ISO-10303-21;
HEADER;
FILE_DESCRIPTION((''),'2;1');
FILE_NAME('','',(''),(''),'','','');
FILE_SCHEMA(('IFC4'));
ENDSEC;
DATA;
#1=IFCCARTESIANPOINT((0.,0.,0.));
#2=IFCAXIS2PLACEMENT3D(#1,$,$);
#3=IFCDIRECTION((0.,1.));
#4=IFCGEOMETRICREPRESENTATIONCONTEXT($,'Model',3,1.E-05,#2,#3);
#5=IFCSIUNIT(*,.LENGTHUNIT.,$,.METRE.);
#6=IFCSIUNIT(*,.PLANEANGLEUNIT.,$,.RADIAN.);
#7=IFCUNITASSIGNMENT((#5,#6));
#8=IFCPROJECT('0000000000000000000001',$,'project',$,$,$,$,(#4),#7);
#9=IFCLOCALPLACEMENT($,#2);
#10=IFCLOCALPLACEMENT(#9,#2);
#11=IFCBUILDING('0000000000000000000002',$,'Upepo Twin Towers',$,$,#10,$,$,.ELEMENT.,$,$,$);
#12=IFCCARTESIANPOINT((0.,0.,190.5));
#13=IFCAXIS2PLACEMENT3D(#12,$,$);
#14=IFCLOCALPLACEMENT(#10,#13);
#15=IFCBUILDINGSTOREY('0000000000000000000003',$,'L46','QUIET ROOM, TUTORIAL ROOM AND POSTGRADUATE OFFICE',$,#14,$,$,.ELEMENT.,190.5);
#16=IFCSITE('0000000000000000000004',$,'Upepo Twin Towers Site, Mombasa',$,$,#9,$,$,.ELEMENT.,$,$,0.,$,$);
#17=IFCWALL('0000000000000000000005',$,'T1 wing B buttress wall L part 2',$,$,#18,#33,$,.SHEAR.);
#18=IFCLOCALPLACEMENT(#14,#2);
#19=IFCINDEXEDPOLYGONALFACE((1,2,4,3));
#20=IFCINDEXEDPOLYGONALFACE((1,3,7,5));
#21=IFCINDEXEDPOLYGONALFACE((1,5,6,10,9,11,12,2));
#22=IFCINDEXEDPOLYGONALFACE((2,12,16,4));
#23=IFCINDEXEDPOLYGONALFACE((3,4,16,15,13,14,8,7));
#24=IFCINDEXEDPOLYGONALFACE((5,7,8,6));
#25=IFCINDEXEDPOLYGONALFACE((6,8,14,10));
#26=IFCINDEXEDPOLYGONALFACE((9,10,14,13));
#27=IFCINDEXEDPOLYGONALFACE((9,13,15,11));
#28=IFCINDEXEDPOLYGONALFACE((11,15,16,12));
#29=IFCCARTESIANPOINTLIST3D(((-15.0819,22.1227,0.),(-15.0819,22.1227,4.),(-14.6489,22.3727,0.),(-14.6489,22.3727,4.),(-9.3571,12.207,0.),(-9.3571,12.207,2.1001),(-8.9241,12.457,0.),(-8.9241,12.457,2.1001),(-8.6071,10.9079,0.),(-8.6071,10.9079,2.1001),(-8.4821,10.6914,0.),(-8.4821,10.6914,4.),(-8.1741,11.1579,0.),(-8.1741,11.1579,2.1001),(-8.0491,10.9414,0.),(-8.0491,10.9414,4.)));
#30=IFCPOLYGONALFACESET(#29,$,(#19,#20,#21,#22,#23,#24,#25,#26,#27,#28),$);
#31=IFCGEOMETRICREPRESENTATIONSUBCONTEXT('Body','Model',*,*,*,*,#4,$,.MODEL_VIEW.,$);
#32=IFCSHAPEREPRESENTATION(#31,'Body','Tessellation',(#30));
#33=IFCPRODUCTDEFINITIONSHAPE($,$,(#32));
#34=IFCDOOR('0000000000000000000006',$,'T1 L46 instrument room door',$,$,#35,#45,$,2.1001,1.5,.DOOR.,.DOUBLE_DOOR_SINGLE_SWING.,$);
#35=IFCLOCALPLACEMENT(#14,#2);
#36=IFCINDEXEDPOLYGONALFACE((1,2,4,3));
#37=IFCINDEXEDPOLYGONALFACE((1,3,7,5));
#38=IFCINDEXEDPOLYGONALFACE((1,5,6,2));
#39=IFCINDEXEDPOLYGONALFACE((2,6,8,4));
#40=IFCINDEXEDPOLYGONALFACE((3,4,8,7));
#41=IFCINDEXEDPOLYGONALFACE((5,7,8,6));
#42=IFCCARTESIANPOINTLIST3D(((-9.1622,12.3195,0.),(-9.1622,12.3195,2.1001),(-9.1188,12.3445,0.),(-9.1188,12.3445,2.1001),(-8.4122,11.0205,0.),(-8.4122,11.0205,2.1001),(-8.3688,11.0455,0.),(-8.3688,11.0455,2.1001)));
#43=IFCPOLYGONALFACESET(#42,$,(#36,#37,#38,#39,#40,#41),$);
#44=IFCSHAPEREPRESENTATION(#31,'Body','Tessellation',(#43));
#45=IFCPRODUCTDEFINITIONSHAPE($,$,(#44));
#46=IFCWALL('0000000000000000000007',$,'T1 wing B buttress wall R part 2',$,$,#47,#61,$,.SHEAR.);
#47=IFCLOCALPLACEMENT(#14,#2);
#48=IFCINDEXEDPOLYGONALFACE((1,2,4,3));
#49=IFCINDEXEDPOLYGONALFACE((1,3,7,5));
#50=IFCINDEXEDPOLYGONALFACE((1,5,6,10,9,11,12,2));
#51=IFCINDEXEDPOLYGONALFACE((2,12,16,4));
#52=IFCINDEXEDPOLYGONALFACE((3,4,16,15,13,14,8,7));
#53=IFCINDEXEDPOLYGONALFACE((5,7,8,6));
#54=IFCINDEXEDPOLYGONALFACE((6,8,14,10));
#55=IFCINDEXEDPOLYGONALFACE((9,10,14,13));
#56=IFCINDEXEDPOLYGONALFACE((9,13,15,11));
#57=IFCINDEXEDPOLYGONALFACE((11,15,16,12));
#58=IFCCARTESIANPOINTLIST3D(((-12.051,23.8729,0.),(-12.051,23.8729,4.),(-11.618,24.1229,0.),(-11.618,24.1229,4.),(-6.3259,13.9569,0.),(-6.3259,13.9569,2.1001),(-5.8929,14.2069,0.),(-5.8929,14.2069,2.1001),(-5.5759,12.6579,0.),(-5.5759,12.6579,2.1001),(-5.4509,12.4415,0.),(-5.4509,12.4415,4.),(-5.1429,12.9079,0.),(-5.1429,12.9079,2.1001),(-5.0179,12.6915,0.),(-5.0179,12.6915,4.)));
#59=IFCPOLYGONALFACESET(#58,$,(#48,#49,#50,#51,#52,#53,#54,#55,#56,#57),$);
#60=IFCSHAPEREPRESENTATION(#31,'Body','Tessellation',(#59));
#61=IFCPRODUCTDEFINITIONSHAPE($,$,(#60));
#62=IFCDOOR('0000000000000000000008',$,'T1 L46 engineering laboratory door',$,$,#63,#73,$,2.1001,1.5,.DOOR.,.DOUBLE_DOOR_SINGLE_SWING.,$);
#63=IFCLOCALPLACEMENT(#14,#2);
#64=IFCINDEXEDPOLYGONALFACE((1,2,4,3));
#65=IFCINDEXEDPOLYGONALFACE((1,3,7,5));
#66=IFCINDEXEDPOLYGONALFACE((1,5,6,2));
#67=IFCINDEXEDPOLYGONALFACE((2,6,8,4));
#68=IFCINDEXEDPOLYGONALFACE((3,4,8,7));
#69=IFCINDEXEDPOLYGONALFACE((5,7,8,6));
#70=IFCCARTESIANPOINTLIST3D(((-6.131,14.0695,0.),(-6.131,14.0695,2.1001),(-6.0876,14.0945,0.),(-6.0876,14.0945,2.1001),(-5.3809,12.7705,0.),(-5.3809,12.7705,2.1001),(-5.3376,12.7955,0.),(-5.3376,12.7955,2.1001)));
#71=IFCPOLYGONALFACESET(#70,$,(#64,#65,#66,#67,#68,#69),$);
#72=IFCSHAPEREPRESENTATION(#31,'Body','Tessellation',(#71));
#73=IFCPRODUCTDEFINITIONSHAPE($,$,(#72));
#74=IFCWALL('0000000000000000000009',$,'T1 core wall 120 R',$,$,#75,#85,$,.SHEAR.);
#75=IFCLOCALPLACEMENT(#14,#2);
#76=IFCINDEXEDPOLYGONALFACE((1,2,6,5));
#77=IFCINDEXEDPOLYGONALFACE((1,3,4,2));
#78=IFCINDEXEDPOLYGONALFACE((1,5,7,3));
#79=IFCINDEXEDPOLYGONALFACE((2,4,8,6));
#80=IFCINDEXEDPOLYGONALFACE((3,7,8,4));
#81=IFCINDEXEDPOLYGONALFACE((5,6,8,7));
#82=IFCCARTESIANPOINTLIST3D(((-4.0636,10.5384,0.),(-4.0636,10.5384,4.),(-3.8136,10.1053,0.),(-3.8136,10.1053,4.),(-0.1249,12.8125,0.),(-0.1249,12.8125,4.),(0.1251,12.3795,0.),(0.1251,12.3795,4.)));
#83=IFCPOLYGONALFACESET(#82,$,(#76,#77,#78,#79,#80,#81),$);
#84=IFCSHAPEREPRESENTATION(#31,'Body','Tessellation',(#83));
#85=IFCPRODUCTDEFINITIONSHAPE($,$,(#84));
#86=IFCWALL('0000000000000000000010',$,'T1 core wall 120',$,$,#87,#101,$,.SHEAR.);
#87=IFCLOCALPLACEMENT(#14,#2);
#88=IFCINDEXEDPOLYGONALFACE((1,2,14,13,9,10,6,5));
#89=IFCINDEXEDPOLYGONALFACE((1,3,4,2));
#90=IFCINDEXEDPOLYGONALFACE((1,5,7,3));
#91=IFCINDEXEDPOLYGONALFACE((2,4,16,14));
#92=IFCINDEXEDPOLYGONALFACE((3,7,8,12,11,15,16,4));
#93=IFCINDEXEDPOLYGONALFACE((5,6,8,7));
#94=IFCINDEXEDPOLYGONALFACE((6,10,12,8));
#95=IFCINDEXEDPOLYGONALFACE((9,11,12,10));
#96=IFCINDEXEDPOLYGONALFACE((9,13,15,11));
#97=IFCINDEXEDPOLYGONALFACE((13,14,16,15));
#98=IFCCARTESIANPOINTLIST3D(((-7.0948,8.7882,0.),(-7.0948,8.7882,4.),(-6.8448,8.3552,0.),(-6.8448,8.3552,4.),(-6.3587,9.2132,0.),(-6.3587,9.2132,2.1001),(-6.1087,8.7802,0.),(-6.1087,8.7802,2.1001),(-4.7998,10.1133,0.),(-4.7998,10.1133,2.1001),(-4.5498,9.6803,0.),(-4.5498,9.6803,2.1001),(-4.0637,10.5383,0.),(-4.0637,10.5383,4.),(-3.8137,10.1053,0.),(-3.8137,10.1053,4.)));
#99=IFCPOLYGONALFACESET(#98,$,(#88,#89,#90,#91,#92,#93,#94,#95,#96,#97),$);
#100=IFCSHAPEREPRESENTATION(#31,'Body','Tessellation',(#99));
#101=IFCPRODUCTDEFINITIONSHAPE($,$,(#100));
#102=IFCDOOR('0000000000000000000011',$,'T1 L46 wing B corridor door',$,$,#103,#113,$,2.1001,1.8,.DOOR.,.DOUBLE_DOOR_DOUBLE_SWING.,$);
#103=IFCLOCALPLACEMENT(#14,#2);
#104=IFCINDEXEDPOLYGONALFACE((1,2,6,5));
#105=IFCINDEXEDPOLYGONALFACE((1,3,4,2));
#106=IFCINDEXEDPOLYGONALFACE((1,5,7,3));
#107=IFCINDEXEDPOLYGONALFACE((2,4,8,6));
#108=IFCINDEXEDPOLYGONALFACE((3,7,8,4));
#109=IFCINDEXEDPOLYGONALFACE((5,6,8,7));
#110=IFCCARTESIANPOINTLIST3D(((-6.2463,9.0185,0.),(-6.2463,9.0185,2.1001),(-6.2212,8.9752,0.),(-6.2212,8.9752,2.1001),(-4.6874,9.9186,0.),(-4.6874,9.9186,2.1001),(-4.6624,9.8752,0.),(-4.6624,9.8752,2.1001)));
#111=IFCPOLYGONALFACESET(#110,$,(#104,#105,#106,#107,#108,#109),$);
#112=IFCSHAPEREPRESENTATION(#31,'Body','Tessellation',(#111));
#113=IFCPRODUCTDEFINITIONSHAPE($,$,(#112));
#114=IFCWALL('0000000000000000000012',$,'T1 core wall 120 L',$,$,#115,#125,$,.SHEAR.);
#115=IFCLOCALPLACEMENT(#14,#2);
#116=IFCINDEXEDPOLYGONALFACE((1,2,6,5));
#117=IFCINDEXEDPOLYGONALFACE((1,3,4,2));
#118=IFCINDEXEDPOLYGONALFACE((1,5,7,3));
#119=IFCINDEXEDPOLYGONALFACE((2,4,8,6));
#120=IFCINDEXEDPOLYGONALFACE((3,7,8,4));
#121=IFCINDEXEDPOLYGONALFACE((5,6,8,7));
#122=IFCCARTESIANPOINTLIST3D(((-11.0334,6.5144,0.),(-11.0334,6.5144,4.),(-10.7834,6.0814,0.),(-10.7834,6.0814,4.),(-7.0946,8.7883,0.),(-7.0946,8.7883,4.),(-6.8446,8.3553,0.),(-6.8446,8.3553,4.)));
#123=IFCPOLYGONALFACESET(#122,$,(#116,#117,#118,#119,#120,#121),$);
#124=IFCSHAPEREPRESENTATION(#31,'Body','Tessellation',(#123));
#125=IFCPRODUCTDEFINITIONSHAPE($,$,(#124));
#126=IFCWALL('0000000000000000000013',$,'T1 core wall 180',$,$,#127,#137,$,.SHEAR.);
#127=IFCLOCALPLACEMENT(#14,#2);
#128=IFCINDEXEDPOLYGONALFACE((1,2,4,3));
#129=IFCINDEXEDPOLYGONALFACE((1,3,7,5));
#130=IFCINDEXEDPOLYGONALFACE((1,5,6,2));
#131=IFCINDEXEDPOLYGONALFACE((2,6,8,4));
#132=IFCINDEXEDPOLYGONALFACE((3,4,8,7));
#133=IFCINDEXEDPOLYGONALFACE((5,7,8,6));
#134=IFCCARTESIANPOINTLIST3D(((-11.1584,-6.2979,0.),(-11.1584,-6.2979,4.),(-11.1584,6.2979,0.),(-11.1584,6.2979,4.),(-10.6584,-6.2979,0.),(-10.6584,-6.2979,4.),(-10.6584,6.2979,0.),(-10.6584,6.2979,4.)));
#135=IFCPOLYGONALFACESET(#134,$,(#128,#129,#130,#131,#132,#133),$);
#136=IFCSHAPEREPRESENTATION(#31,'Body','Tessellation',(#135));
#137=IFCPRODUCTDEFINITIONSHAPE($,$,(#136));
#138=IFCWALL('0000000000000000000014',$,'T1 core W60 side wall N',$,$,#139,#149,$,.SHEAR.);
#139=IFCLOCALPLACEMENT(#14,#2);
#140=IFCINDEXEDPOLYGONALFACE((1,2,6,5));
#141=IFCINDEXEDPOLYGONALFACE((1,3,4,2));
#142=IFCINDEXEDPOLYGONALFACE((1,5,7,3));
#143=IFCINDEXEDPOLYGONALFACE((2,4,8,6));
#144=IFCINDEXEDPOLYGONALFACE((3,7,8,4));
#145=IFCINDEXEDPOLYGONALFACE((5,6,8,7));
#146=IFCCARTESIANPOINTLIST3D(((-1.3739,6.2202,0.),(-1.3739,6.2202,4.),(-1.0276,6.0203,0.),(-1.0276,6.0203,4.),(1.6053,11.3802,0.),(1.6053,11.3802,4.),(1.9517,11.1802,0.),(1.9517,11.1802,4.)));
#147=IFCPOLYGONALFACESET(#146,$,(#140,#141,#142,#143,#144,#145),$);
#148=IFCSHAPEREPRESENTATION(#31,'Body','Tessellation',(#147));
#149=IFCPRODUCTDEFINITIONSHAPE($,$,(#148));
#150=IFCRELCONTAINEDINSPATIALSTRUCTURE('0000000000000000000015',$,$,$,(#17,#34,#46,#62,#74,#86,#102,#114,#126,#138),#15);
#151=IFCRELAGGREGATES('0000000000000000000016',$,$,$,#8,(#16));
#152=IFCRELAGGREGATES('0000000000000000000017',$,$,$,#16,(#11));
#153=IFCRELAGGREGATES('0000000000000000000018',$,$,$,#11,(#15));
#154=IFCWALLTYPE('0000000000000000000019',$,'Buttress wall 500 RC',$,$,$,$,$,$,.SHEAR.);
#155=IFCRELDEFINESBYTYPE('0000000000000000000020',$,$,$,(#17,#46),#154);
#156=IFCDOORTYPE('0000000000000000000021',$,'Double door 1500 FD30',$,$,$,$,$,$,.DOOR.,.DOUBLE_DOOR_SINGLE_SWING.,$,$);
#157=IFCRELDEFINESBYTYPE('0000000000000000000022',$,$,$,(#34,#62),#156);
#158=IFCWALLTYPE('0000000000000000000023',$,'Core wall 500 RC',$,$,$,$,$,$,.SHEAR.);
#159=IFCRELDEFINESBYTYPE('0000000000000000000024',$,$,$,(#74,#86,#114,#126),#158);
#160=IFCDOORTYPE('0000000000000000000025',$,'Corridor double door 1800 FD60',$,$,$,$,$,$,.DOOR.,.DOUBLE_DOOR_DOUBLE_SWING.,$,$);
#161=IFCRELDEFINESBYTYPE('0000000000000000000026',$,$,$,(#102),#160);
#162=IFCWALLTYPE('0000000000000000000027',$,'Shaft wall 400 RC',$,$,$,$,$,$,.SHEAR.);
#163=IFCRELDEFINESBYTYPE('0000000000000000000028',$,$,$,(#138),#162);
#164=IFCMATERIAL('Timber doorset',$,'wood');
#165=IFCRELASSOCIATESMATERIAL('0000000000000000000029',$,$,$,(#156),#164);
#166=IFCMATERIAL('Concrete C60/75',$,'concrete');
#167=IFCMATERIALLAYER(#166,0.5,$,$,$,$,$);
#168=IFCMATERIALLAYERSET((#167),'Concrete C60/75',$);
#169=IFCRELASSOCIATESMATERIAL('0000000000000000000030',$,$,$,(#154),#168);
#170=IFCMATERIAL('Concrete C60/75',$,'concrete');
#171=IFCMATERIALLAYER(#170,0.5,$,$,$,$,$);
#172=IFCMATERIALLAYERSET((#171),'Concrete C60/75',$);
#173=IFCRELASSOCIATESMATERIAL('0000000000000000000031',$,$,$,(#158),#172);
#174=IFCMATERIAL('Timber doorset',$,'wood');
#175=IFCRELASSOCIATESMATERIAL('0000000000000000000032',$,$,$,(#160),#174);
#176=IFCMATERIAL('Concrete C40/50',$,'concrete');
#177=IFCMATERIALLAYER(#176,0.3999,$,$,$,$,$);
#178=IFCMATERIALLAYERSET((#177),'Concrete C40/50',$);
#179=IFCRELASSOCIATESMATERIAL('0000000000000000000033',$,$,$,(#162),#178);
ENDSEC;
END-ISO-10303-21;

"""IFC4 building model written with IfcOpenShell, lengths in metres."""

from ifc_helpers import new_model, si_unit, direction, frame, frame_2d, origin, place, context, subcontext, project, spatial, rectangle, extrude, material, layer, layer_set, type_object, element, fill, save


model = new_model("IFC4")

# Units and contexts
model_context = context("Model", 3, precision=1e-05, world=origin(), true_north=direction((0.0, 1.0)))
body_context = subcontext(model_context, "Body", "Model", "MODEL_VIEW")
ifc_project = project(units=[si_unit("LENGTHUNIT", "METRE"), si_unit("PLANEANGLEUNIT", "RADIAN")], contexts=[model_context])

# Site, building, storey
site_placement = place(None, origin())
site = spatial("IfcSite", under=ifc_project, at=site_placement, Name="Upepo Twin Towers Site, Mombasa", CompositionType="ELEMENT", RefElevation=0.0)
building_placement = place(site_placement, origin())
building = spatial("IfcBuilding", under=site, at=building_placement, Name="Upepo Twin Towers", CompositionType="ELEMENT")
storey_placement = place(building_placement, frame((0.0, 0.0, 190.5)))
storey = spatial("IfcBuildingStorey", under=building, at=storey_placement, Name="L46", Description="QUIET ROOM, TUTORIAL ROOM AND POSTGRADUATE OFFICE", CompositionType="ELEMENT", Elevation=190.5)

# Shared definitions
ifc_material_1 = material(Name="Timber doorset", Category="wood")
door_type_1 = type_object("IfcDoorType", Name="Double door 1500 FD30", OperationType="DOUBLE_DOOR_SINGLE_SWING", PredefinedType="DOOR", material=ifc_material_1)

# Walls, openings, doors
ifc_material_2 = material(Name="Concrete C60/75", Category="concrete")
ifc_layer_1 = layer(ifc_material_2, 0.5)
ifc_layer_set_1 = layer_set([ifc_layer_1], Name="Concrete C60/75")
wall_type_1 = type_object("IfcWallType", Name="Buttress wall 500 RC", PredefinedType="SHEAR", material=ifc_layer_set_1)
wall_1_placement = place(storey_placement, frame((-8.2656, 10.8164, 0.0), z_axis=(0.0, 0.0, 1.0), x_axis=(-0.499996, 0.866028, 0.0)))
wall_1 = element("IfcWall", 1, at=wall_1_placement, inside=storey, type_object=wall_type_1, Name="T1 wing B buttress wall L part 2", PredefinedType="SHEAR", context=body_context, shape_type="SweptSolid", body=[
    extrude(rectangle(XDim=13.1997, YDim=0.5, at=frame_2d((6.5999, 0.0))), origin(), (0.0, 0.0, 1.0), 4.0),
])
opening_1_placement = place(wall_1_placement, frame((0.25, 0.0, 0.0)))
opening_1 = element("IfcOpeningElement", 2, at=opening_1_placement, cuts=wall_1, PredefinedType="OPENING", context=body_context, shape_type="SweptSolid", body=[
    extrude(rectangle(XDim=1.5, YDim=2.1001, at=frame_2d((0.75, 1.05))), frame((0.0, 0.26, 0.0), z_axis=(0.0, -1.0, 0.0), x_axis=(1.0, 0.0, 0.0)), (0.0, 0.0, 1.0), 0.52),
])
door_1_placement = place(opening_1_placement, origin())
door_1 = element("IfcDoor", 3, at=door_1_placement, inside=storey, type_object=door_type_1, Name="T1 L46 instrument room door", OperationType="DOUBLE_DOOR_SINGLE_SWING", OverallHeight=2.1001, OverallWidth=1.5, PredefinedType="DOOR", context=body_context, shape_type="SweptSolid", body=[
    extrude(rectangle(XDim=1.5, YDim=2.1001, at=frame_2d((0.75, 1.05))), frame((0.0, 0.0249, 0.0), z_axis=(0.0, -1.0, 0.0), x_axis=(1.0, 0.0, 0.0)), (0.0, 0.0, 1.0), 0.05),
])
fill(opening_1, door_1)
wall_2_placement = place(storey_placement, frame((-5.2344, 12.5664, 0.0), z_axis=(0.0, 0.0, 1.0), x_axis=(-0.50001, 0.86602, 0.0)))
wall_2 = element("IfcWall", 4, at=wall_2_placement, inside=storey, type_object=wall_type_1, Name="T1 wing B buttress wall R part 2", PredefinedType="SHEAR", context=body_context, shape_type="SweptSolid", body=[
    extrude(rectangle(XDim=13.2, YDim=0.5, at=frame_2d((6.6001, 0.0))), origin(), (0.0, 0.0, 1.0), 4.0),
])
opening_2_placement = place(wall_2_placement, frame((0.25, 0.0, 0.0)))
opening_2 = element("IfcOpeningElement", 5, at=opening_2_placement, cuts=wall_2, PredefinedType="OPENING", context=body_context, shape_type="SweptSolid", body=[
    extrude(rectangle(XDim=1.5, YDim=2.1001, at=frame_2d((0.75, 1.05))), frame((0.0, 0.26, 0.0), z_axis=(0.0, -1.0, 0.0), x_axis=(1.0, 0.0, 0.0)), (0.0, 0.0, 1.0), 0.52),
])
door_2_placement = place(opening_2_placement, origin())
door_2 = element("IfcDoor", 6, at=door_2_placement, inside=storey, type_object=door_type_1, Name="T1 L46 engineering laboratory door", OperationType="DOUBLE_DOOR_SINGLE_SWING", OverallHeight=2.1001, OverallWidth=1.5, PredefinedType="DOOR", context=body_context, shape_type="SweptSolid", body=[
    extrude(rectangle(XDim=1.5, YDim=2.1001, at=frame_2d((0.75, 1.05))), frame((0.0, 0.0249, 0.0), z_axis=(0.0, -1.0, 0.0), x_axis=(1.0, 0.0, 0.0)), (0.0, 0.0, 1.0), 0.05),
])
fill(opening_2, door_2)

# Wall
ifc_material_3 = material(Name="Concrete C60/75", Category="concrete")
ifc_layer_2 = layer(ifc_material_3, 0.5)
ifc_layer_set_2 = layer_set([ifc_layer_2], Name="Concrete C60/75")
wall_type_2 = type_object("IfcWallType", Name="Core wall 500 RC", PredefinedType="SHEAR", material=ifc_layer_set_2)
wall_3_placement = place(storey_placement, frame((0.0, 12.5959, 0.0), z_axis=(0.0, 0.0, 1.0), x_axis=(-0.866011, -0.500024, 0.0)))
element("IfcWall", 7, at=wall_3_placement, inside=storey, type_object=wall_type_2, Name="T1 core wall 120 R", PredefinedType="SHEAR", context=body_context, shape_type="SweptSolid", body=[
    extrude(rectangle(XDim=4.5481, YDim=0.5, at=frame_2d((2.2739, 0.0))), origin(), (0.0, 0.0, 1.0), 4.0),
])

# Wall, opening, door
wall_4_placement = place(storey_placement, frame((-3.9387, 10.3218, 0.0), z_axis=(0.0, 0.0, 1.0), x_axis=(-0.866019, -0.50001, 0.0)))
wall_4 = element("IfcWall", 8, at=wall_4_placement, inside=storey, type_object=wall_type_2, Name="T1 core wall 120", PredefinedType="SHEAR", context=body_context, shape_type="SweptSolid", body=[
    extrude(rectangle(XDim=3.5, YDim=0.5, at=frame_2d((1.75, 0.0))), origin(), (0.0, 0.0, 1.0), 4.0),
])
opening_3_placement = place(wall_4_placement, frame((0.8501, 0.0, 0.0)))
opening_3 = element("IfcOpeningElement", 9, at=opening_3_placement, cuts=wall_4, PredefinedType="OPENING", context=body_context, shape_type="SweptSolid", body=[
    extrude(rectangle(XDim=1.8, YDim=2.1001, at=frame_2d((0.8999, 1.05))), frame((0.0, 0.26, 0.0), z_axis=(0.0, -1.0, 0.0), x_axis=(1.0, 0.0, 0.0)), (0.0, 0.0, 1.0), 0.52),
])
ifc_material_4 = material(Name="Timber doorset", Category="wood")
door_type_2 = type_object("IfcDoorType", Name="Corridor double door 1800 FD60", OperationType="DOUBLE_DOOR_DOUBLE_SWING", PredefinedType="DOOR", material=ifc_material_4)
door_3_placement = place(opening_3_placement, origin())
door_3 = element("IfcDoor", 10, at=door_3_placement, inside=storey, type_object=door_type_2, Name="T1 L46 wing B corridor door", OperationType="DOUBLE_DOOR_DOUBLE_SWING", OverallHeight=2.1001, OverallWidth=1.8, PredefinedType="DOOR", context=body_context, shape_type="SweptSolid", body=[
    extrude(rectangle(XDim=1.8, YDim=2.1001, at=frame_2d((0.8999, 1.05))), frame((0.0, 0.0249, 0.0), z_axis=(0.0, -1.0, 0.0), x_axis=(1.0, 0.0, 0.0)), (0.0, 0.0, 1.0), 0.05),
])
fill(opening_3, door_3)

# Walls
wall_5_placement = place(storey_placement, frame((-6.9697, 8.5718, 0.0), z_axis=(0.0, 0.0, 1.0), x_axis=(-0.866035, -0.499984, 0.0)))
element("IfcWall", 11, at=wall_5_placement, inside=storey, type_object=wall_type_2, Name="T1 core wall 120 L", PredefinedType="SHEAR", context=body_context, shape_type="SweptSolid", body=[
    extrude(rectangle(XDim=4.5481, YDim=0.5, at=frame_2d((2.2739, 0.0))), origin(), (0.0, 0.0, 1.0), 4.0),
])
wall_6_placement = place(storey_placement, frame((-10.9084, 6.2979, 0.0), z_axis=(0.0, 0.0, 1.0), x_axis=(0.0, -1.0, 0.0)))
element("IfcWall", 12, at=wall_6_placement, inside=storey, type_object=wall_type_2, Name="T1 core wall 180", PredefinedType="SHEAR", context=body_context, shape_type="SweptSolid", body=[
    extrude(rectangle(XDim=12.5957, YDim=0.5, at=frame_2d((6.2979, 0.0))), origin(), (0.0, 0.0, 1.0), 4.0),
])
ifc_material_5 = material(Name="Concrete C40/50", Category="concrete")
ifc_layer_3 = layer(ifc_material_5, 0.3999)
ifc_layer_set_3 = layer_set([ifc_layer_3], Name="Concrete C40/50")
wall_type_3 = type_object("IfcWallType", Name="Shaft wall 400 RC", PredefinedType="SHEAR", material=ifc_layer_set_3)
wall_7_placement = place(storey_placement, frame((-1.2007, 6.1204, 0.0), z_axis=(0.0, 0.0, 1.0), x_axis=(0.500022, 0.866013, 0.0)))
element("IfcWall", 13, at=wall_7_placement, inside=storey, type_object=wall_type_3, Name="T1 core W60 side wall N", PredefinedType="SHEAR", context=body_context, shape_type="SweptSolid", body=[
    extrude(rectangle(XDim=5.9583, YDim=0.3999, at=frame_2d((2.979, 0.0))), origin(), (0.0, 0.0, 1.0), 4.0),
])

save(model, "model.ifc")
